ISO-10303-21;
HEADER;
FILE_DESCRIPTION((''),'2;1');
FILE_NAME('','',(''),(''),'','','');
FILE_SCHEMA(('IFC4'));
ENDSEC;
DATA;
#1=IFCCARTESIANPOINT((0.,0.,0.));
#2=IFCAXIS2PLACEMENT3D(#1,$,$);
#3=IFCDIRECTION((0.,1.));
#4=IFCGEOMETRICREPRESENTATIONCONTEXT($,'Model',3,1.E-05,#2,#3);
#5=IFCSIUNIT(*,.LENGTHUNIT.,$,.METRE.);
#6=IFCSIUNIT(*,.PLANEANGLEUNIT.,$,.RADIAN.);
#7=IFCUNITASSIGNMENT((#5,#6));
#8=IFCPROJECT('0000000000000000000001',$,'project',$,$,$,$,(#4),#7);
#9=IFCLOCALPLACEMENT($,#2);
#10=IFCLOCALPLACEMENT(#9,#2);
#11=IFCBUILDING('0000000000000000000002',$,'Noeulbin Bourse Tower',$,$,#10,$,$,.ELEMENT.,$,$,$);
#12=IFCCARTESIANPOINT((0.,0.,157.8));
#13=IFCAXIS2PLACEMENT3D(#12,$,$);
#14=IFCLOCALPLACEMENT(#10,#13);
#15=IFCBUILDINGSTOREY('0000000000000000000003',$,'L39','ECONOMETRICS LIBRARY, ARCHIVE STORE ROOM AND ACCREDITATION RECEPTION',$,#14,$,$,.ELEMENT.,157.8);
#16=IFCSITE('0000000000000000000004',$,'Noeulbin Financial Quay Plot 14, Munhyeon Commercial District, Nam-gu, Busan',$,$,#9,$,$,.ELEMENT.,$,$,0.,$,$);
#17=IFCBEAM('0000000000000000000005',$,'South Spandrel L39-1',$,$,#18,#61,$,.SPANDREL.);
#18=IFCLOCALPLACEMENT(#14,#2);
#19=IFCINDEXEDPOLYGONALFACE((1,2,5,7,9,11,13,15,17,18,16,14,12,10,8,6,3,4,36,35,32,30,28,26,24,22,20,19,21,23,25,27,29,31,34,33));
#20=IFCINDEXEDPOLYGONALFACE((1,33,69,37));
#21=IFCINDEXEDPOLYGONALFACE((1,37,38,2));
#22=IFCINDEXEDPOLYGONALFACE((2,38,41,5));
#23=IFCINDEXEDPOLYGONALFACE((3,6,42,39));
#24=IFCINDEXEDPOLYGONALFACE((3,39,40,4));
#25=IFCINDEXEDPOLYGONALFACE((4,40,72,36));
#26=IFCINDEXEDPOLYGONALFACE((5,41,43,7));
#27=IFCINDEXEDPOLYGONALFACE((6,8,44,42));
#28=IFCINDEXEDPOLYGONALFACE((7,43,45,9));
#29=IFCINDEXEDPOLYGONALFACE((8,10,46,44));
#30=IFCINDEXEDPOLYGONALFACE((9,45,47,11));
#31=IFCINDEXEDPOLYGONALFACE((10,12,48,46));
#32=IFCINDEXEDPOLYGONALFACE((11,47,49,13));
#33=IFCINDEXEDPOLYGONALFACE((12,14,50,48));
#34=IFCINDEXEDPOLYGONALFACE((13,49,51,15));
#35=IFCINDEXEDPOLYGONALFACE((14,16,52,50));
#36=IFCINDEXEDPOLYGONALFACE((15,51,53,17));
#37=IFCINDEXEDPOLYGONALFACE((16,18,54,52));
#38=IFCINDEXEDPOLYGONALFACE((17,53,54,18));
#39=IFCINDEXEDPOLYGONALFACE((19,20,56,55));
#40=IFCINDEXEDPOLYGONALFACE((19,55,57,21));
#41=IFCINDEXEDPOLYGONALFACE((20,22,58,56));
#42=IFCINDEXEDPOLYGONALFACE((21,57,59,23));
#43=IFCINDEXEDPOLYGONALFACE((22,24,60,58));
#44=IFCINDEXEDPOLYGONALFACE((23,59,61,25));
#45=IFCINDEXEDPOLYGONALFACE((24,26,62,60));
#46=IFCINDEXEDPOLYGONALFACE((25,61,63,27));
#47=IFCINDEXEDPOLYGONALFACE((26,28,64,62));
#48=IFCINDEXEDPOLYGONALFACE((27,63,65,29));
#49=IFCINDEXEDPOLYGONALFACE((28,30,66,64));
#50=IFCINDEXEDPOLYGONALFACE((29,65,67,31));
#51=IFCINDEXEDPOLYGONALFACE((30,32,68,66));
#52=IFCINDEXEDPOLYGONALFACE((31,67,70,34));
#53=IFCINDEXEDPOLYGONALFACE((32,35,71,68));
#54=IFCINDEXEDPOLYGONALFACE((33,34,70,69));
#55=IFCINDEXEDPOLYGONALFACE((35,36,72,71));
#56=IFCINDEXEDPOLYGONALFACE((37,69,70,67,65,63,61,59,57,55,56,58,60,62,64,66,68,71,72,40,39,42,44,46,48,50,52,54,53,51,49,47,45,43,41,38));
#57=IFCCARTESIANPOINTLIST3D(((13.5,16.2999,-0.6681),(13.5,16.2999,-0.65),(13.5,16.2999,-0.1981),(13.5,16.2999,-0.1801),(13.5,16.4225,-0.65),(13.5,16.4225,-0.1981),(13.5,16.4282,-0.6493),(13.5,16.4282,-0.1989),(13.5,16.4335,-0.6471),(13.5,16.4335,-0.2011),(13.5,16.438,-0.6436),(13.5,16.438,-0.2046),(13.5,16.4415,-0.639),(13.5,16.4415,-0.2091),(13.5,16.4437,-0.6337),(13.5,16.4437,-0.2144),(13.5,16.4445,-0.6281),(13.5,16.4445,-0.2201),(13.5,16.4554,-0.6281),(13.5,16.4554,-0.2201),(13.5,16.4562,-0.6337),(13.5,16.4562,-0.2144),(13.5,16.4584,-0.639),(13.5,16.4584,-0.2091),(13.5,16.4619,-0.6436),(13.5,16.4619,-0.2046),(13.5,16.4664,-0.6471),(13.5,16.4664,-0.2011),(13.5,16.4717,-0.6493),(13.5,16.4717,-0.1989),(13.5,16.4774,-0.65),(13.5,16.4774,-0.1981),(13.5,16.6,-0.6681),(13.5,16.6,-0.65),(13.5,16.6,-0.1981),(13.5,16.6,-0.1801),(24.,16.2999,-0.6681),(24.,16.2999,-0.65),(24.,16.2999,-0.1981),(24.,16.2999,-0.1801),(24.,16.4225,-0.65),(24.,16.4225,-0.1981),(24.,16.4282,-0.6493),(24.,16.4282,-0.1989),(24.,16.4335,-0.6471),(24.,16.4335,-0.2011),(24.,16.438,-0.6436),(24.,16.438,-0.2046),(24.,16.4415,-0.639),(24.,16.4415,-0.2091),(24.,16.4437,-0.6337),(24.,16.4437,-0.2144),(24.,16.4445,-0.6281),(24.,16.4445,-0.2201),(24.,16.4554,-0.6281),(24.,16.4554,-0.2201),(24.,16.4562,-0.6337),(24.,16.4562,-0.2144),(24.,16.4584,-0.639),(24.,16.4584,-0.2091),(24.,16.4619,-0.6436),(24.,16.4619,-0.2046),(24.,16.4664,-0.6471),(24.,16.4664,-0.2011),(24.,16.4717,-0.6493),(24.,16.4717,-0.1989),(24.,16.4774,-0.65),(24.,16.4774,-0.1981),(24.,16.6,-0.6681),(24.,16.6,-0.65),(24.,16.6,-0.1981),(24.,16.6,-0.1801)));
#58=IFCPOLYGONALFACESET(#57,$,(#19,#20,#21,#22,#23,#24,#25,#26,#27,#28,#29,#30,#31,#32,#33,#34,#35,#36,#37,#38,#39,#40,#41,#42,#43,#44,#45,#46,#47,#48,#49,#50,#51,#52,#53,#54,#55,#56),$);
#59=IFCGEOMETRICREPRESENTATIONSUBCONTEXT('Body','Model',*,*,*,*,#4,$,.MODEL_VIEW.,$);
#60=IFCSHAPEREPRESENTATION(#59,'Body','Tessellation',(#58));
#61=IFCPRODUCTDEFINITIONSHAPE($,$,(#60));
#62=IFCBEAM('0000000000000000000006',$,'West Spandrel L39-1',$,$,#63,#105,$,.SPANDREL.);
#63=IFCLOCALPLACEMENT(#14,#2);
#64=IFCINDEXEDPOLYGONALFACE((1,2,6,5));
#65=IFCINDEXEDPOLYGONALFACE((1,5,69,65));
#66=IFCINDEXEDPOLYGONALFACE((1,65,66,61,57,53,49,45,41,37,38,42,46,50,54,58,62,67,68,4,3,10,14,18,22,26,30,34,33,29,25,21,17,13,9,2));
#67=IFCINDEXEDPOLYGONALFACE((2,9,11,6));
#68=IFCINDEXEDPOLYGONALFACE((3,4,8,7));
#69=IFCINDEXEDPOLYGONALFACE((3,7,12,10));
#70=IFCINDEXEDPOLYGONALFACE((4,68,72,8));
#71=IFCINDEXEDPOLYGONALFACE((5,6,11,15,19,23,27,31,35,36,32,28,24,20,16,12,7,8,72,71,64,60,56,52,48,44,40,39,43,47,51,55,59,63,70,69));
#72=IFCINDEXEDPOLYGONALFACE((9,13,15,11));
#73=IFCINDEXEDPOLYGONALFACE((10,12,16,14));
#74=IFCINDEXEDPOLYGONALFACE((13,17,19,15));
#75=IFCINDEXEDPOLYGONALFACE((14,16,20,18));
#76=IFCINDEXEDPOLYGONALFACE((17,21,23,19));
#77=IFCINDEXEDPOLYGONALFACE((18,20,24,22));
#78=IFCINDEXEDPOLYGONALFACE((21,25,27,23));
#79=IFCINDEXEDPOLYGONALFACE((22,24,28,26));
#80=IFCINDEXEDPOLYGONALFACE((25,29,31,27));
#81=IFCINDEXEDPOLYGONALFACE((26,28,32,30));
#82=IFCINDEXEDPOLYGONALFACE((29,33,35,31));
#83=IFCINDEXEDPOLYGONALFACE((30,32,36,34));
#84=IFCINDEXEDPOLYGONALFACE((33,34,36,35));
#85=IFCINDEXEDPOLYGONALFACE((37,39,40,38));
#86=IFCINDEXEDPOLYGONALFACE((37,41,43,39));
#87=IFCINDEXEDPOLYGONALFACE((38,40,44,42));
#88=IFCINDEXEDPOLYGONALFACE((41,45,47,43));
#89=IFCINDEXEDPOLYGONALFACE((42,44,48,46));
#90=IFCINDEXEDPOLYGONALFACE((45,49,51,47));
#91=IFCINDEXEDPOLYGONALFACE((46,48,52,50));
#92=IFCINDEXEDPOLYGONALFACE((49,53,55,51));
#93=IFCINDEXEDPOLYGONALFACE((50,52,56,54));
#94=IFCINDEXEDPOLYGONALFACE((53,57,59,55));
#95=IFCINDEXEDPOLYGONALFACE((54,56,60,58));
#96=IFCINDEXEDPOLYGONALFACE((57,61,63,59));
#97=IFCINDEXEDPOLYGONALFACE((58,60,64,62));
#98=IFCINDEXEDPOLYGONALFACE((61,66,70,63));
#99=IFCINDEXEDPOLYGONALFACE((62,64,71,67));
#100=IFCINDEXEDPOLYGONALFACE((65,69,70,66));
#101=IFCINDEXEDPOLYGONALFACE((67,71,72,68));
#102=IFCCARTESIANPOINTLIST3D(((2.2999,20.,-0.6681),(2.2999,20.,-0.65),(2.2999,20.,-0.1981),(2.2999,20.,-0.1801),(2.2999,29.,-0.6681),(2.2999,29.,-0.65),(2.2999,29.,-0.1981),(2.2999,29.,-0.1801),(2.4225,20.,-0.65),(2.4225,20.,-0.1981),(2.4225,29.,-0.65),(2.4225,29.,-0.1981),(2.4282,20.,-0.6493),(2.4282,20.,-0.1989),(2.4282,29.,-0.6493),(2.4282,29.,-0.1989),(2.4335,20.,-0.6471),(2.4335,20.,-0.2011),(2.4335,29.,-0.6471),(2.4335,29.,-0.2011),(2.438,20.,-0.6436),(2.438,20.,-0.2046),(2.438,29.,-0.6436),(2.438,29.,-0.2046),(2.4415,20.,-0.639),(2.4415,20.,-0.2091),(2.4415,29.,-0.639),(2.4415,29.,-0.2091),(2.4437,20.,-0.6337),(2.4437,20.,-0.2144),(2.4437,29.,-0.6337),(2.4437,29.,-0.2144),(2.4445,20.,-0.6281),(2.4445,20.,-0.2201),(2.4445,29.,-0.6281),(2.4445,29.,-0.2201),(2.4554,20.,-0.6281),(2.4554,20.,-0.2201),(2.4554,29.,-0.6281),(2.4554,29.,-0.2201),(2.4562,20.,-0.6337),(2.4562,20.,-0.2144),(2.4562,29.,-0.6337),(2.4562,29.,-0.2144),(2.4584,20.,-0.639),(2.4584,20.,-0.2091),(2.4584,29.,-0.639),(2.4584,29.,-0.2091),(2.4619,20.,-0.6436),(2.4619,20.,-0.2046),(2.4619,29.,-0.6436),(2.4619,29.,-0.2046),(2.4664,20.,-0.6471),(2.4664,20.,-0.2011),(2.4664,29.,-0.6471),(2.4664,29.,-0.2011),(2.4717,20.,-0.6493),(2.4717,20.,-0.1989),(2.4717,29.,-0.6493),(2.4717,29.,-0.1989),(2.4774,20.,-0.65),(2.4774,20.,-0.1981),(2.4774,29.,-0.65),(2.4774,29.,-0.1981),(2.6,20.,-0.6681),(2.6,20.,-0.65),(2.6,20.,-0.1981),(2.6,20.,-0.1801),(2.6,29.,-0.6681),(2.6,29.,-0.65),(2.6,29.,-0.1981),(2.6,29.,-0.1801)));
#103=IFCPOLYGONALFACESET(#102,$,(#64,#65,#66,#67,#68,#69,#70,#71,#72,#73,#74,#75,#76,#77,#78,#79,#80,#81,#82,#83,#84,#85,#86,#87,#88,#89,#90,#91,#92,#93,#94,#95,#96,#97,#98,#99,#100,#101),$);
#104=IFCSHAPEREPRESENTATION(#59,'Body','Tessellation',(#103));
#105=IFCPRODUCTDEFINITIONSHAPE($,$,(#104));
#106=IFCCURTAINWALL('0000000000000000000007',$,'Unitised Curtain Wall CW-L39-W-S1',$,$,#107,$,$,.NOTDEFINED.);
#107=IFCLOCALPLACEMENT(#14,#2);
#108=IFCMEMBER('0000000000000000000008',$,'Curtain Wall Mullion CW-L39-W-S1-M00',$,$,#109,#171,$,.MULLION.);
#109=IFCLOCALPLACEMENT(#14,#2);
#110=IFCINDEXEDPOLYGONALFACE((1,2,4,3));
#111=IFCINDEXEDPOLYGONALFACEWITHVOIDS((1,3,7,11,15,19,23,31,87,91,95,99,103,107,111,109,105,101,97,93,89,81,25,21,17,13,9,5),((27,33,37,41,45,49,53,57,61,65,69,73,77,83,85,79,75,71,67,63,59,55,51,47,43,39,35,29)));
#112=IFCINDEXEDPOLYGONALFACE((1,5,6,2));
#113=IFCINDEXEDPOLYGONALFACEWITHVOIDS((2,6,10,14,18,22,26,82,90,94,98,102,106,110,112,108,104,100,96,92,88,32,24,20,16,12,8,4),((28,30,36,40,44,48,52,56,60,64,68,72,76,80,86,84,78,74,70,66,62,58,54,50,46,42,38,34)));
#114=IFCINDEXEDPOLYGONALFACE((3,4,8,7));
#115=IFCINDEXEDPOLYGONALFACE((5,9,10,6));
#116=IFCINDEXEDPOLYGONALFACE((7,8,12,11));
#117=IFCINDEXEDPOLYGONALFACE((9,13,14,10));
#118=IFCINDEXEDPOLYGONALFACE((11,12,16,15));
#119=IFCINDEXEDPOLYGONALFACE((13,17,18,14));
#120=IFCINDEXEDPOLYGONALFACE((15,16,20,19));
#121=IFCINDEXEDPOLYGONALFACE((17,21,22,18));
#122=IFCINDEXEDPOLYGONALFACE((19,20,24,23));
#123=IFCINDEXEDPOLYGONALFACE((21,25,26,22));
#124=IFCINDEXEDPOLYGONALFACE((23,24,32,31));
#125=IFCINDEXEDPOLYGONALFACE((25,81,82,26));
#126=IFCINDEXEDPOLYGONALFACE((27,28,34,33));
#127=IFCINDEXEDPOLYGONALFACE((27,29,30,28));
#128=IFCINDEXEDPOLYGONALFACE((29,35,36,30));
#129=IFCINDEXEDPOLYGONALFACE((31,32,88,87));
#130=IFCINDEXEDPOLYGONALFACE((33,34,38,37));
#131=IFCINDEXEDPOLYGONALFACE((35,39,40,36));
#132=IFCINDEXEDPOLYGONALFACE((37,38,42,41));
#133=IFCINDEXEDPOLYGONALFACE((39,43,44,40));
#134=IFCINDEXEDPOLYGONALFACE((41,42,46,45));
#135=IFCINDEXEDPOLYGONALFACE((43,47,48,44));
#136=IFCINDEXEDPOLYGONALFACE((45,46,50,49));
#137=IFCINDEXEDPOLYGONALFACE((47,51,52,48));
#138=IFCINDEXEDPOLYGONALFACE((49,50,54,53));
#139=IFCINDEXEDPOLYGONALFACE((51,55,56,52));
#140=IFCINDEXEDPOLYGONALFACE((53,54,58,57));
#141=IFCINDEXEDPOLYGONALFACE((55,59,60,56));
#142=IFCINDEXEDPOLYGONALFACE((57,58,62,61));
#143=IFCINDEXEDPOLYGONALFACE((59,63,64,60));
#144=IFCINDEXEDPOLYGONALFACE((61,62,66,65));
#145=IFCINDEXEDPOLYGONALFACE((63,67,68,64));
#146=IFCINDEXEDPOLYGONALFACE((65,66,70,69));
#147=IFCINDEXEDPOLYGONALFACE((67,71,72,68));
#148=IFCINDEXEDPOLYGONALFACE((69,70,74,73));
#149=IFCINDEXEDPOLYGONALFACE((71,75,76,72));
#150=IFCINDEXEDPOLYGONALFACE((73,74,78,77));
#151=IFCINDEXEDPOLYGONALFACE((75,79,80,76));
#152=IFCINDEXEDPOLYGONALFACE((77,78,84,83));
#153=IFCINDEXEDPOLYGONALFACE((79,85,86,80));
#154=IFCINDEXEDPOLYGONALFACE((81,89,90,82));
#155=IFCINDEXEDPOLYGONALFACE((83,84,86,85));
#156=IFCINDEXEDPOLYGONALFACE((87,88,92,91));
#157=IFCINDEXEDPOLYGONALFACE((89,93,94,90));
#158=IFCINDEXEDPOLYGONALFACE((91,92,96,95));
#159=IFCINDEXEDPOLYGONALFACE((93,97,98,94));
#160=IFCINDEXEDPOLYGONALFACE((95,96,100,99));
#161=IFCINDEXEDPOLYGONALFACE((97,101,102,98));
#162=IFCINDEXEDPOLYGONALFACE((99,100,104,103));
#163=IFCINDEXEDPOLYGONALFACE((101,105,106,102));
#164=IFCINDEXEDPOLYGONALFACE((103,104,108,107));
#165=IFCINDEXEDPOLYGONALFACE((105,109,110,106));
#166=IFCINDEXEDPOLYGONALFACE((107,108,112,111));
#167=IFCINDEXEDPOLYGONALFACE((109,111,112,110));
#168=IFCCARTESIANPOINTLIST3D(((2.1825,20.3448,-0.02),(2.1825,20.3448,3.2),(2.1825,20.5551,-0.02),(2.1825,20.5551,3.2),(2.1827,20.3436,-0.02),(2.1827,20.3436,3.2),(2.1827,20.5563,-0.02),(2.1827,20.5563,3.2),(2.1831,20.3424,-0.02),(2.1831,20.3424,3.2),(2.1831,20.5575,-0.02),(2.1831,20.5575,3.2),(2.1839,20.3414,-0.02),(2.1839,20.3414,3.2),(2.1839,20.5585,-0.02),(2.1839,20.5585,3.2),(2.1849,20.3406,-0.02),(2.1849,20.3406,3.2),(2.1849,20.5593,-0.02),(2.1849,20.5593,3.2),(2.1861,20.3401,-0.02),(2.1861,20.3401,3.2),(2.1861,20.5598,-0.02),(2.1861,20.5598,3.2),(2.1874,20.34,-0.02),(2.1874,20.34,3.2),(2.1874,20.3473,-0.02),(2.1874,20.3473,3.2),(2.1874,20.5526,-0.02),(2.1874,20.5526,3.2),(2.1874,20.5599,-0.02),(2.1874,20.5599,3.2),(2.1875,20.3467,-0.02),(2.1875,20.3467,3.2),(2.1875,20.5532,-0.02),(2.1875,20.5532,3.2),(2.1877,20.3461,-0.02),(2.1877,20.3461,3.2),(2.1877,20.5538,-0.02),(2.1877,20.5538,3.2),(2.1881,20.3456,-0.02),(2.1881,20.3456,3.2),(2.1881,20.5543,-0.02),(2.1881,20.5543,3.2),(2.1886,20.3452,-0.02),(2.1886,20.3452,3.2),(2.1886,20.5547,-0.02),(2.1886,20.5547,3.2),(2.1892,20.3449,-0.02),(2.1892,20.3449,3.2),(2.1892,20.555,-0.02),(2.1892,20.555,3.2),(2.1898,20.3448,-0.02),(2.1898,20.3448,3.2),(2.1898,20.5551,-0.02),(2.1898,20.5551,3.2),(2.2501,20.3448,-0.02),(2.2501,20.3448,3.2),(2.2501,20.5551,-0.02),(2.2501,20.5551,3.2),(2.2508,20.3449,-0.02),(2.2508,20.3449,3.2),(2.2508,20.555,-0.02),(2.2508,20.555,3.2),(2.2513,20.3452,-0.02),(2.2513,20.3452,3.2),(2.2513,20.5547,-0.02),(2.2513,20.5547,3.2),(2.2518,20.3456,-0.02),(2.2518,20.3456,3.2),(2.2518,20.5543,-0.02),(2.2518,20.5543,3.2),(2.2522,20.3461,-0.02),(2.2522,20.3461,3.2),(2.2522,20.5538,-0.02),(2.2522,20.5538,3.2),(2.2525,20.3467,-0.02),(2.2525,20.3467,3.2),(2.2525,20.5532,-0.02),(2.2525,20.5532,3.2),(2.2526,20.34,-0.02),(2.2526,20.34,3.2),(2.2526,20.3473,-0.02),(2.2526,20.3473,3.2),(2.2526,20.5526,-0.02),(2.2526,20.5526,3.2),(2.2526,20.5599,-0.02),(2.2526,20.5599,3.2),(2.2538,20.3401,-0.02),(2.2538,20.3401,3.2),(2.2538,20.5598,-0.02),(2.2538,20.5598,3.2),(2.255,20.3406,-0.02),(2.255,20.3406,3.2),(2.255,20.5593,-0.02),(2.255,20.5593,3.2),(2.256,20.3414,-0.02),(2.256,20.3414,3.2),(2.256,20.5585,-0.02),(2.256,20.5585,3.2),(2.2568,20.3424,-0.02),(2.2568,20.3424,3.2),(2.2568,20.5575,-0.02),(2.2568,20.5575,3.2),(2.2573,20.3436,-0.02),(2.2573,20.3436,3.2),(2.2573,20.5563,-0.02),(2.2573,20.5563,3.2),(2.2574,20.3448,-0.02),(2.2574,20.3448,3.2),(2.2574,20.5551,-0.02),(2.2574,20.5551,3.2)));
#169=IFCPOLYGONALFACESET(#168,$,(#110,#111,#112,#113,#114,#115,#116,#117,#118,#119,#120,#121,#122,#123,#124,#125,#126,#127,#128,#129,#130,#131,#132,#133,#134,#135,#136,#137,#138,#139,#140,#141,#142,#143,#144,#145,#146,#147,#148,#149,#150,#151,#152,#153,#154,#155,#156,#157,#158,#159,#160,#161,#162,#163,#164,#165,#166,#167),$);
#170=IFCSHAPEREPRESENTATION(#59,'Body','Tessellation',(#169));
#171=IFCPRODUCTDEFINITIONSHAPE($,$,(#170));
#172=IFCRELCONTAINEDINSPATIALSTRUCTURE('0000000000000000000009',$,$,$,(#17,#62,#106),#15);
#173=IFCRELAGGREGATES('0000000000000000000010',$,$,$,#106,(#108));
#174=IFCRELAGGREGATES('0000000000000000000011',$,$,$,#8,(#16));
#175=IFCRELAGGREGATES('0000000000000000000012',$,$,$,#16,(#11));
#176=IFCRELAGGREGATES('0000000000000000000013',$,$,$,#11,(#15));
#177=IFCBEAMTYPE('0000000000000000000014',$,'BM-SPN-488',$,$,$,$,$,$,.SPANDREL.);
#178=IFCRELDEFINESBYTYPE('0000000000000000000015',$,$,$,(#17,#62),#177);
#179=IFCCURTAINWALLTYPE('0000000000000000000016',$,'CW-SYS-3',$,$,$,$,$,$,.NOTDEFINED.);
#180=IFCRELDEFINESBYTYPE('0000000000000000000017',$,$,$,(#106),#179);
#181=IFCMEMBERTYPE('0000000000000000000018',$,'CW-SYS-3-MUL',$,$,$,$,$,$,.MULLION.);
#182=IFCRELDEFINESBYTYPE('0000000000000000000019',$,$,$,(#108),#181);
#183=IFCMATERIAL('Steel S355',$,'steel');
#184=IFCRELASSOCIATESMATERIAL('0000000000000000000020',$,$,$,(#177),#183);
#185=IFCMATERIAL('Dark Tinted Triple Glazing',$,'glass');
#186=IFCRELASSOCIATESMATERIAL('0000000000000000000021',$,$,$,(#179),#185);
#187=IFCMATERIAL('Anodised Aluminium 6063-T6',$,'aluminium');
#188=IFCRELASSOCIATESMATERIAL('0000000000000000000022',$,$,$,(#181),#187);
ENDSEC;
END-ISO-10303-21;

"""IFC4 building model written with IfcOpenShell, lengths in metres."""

from ifc_helpers import new_model, si_unit, direction, frame, origin, origin_2d, place, context, subcontext, project, spatial, hollow_rectangle, i_section, extrude, material, material_profile, profile_set, type_object, element, aggregate, save


model = new_model("IFC4")

# Units and contexts
model_context = context("Model", 3, precision=1e-05, world=origin(), true_north=direction((0.0, 1.0)))
body_context = subcontext(model_context, "Body", "Model", "MODEL_VIEW")
ifc_project = project(units=[si_unit("LENGTHUNIT", "METRE"), si_unit("PLANEANGLEUNIT", "RADIAN")], contexts=[model_context])

# Site, building, storey
site_placement = place(None, origin())
site = spatial("IfcSite", under=ifc_project, at=site_placement, Name="Noeulbin Financial Quay Plot 14, Munhyeon Commercial District, Nam-gu, Busan", CompositionType="ELEMENT", RefElevation=0.0)
building_placement = place(site_placement, origin())
building = spatial("IfcBuilding", under=site, at=building_placement, Name="Noeulbin Bourse Tower", CompositionType="ELEMENT")
storey_placement = place(building_placement, frame((0.0, 0.0, 157.8)))
storey = spatial("IfcBuildingStorey", under=building, at=storey_placement, Name="L39", Description="ECONOMETRICS LIBRARY, ARCHIVE STORE ROOM AND ACCREDITATION RECEPTION", CompositionType="ELEMENT", Elevation=157.8)

# Shared definitions
ifc_material_1 = material(Name="Steel S355", Category="steel")

# Beams
ifc_material_profile_1 = material_profile(ifc_material_1, i_section(OverallWidth=0.3, OverallDepth=0.488, WebThickness=0.011, FlangeThickness=0.0181, FilletRadius=0.022, at=origin_2d()), Name="H-488x300x11x18", Category="LoadBearing")
ifc_profile_set_1 = profile_set([ifc_material_profile_1], Name="Steel S355")
beam_type_1 = type_object("IfcBeamType", Name="BM-SPN-488", PredefinedType="SPANDREL", material=ifc_profile_set_1)
beam_1_placement = place(storey_placement, frame((13.5, 16.45, -0.4241), z_axis=(1.0, 0.0, 0.0), x_axis=(0.0, 1.0, 0.0)))
element("IfcBeam", 1, at=beam_1_placement, inside=storey, type_object=beam_type_1, Name="South Spandrel L39-1", PredefinedType="SPANDREL", context=body_context, shape_type="SweptSolid", body=[
    extrude(i_section(OverallWidth=0.3, OverallDepth=0.488, WebThickness=0.011, FlangeThickness=0.0181, FilletRadius=0.022, at=origin_2d()), origin(), (0.0, 0.0, 1.0), 10.5),
])
beam_2_placement = place(storey_placement, frame((2.45, 20.0, -0.4241), z_axis=(0.0, 1.0, 0.0), x_axis=(-1.0, 0.0, 0.0)))
element("IfcBeam", 2, at=beam_2_placement, inside=storey, type_object=beam_type_1, Name="West Spandrel L39-1", PredefinedType="SPANDREL", context=body_context, shape_type="SweptSolid", body=[
    extrude(i_section(OverallWidth=0.3, OverallDepth=0.488, WebThickness=0.011, FlangeThickness=0.0181, FilletRadius=0.022, at=origin_2d()), origin(), (0.0, 0.0, 1.0), 9.0),
])

# Curtain wall, member
ifc_material_2 = material(Name="Dark Tinted Triple Glazing", Category="glass")
curtain_wall_type = type_object("IfcCurtainWallType", Name="CW-SYS-3", PredefinedType="NOTDEFINED", material=ifc_material_2)
curtain_wall_placement = place(storey_placement, origin())
curtain_wall = element("IfcCurtainWall", 3, at=curtain_wall_placement, inside=storey, type_object=curtain_wall_type, Name="Unitised Curtain Wall CW-L39-W-S1", PredefinedType="NOTDEFINED")
ifc_material_3 = material(Name="Anodised Aluminium 6063-T6", Category="aluminium")
ifc_material_profile_2 = material_profile(ifc_material_3, hollow_rectangle(XDim=0.075, YDim=0.22, WallThickness=0.0049, InnerFilletRadius=0.0024, OuterFilletRadius=0.0049, at=origin_2d()), Name="ALU-MULL-75x220x5", Category="LoadBearing")
ifc_profile_set_2 = profile_set([ifc_material_profile_2], Name="Anodised Aluminium 6063-T6")
member_type_1 = type_object("IfcMemberType", Name="CW-SYS-3-MUL", PredefinedType="MULLION", material=ifc_profile_set_2)
member_1_placement = place(storey_placement, frame((2.22, 20.45, -0.02), z_axis=(0.0, 0.0, 1.0), x_axis=(1.0, 0.0, 0.0)))
member_1 = element("IfcMember", 4, at=member_1_placement, type_object=member_type_1, Name="Curtain Wall Mullion CW-L39-W-S1-M00", PredefinedType="MULLION", context=body_context, shape_type="SweptSolid", body=[
    extrude(hollow_rectangle(XDim=0.075, YDim=0.22, WallThickness=0.0049, InnerFilletRadius=0.0024, OuterFilletRadius=0.0049, at=origin_2d()), origin(), (0.0, 0.0, 1.0), 3.22),
])
aggregate(curtain_wall, [member_1])

save(model, "model.ifc")
